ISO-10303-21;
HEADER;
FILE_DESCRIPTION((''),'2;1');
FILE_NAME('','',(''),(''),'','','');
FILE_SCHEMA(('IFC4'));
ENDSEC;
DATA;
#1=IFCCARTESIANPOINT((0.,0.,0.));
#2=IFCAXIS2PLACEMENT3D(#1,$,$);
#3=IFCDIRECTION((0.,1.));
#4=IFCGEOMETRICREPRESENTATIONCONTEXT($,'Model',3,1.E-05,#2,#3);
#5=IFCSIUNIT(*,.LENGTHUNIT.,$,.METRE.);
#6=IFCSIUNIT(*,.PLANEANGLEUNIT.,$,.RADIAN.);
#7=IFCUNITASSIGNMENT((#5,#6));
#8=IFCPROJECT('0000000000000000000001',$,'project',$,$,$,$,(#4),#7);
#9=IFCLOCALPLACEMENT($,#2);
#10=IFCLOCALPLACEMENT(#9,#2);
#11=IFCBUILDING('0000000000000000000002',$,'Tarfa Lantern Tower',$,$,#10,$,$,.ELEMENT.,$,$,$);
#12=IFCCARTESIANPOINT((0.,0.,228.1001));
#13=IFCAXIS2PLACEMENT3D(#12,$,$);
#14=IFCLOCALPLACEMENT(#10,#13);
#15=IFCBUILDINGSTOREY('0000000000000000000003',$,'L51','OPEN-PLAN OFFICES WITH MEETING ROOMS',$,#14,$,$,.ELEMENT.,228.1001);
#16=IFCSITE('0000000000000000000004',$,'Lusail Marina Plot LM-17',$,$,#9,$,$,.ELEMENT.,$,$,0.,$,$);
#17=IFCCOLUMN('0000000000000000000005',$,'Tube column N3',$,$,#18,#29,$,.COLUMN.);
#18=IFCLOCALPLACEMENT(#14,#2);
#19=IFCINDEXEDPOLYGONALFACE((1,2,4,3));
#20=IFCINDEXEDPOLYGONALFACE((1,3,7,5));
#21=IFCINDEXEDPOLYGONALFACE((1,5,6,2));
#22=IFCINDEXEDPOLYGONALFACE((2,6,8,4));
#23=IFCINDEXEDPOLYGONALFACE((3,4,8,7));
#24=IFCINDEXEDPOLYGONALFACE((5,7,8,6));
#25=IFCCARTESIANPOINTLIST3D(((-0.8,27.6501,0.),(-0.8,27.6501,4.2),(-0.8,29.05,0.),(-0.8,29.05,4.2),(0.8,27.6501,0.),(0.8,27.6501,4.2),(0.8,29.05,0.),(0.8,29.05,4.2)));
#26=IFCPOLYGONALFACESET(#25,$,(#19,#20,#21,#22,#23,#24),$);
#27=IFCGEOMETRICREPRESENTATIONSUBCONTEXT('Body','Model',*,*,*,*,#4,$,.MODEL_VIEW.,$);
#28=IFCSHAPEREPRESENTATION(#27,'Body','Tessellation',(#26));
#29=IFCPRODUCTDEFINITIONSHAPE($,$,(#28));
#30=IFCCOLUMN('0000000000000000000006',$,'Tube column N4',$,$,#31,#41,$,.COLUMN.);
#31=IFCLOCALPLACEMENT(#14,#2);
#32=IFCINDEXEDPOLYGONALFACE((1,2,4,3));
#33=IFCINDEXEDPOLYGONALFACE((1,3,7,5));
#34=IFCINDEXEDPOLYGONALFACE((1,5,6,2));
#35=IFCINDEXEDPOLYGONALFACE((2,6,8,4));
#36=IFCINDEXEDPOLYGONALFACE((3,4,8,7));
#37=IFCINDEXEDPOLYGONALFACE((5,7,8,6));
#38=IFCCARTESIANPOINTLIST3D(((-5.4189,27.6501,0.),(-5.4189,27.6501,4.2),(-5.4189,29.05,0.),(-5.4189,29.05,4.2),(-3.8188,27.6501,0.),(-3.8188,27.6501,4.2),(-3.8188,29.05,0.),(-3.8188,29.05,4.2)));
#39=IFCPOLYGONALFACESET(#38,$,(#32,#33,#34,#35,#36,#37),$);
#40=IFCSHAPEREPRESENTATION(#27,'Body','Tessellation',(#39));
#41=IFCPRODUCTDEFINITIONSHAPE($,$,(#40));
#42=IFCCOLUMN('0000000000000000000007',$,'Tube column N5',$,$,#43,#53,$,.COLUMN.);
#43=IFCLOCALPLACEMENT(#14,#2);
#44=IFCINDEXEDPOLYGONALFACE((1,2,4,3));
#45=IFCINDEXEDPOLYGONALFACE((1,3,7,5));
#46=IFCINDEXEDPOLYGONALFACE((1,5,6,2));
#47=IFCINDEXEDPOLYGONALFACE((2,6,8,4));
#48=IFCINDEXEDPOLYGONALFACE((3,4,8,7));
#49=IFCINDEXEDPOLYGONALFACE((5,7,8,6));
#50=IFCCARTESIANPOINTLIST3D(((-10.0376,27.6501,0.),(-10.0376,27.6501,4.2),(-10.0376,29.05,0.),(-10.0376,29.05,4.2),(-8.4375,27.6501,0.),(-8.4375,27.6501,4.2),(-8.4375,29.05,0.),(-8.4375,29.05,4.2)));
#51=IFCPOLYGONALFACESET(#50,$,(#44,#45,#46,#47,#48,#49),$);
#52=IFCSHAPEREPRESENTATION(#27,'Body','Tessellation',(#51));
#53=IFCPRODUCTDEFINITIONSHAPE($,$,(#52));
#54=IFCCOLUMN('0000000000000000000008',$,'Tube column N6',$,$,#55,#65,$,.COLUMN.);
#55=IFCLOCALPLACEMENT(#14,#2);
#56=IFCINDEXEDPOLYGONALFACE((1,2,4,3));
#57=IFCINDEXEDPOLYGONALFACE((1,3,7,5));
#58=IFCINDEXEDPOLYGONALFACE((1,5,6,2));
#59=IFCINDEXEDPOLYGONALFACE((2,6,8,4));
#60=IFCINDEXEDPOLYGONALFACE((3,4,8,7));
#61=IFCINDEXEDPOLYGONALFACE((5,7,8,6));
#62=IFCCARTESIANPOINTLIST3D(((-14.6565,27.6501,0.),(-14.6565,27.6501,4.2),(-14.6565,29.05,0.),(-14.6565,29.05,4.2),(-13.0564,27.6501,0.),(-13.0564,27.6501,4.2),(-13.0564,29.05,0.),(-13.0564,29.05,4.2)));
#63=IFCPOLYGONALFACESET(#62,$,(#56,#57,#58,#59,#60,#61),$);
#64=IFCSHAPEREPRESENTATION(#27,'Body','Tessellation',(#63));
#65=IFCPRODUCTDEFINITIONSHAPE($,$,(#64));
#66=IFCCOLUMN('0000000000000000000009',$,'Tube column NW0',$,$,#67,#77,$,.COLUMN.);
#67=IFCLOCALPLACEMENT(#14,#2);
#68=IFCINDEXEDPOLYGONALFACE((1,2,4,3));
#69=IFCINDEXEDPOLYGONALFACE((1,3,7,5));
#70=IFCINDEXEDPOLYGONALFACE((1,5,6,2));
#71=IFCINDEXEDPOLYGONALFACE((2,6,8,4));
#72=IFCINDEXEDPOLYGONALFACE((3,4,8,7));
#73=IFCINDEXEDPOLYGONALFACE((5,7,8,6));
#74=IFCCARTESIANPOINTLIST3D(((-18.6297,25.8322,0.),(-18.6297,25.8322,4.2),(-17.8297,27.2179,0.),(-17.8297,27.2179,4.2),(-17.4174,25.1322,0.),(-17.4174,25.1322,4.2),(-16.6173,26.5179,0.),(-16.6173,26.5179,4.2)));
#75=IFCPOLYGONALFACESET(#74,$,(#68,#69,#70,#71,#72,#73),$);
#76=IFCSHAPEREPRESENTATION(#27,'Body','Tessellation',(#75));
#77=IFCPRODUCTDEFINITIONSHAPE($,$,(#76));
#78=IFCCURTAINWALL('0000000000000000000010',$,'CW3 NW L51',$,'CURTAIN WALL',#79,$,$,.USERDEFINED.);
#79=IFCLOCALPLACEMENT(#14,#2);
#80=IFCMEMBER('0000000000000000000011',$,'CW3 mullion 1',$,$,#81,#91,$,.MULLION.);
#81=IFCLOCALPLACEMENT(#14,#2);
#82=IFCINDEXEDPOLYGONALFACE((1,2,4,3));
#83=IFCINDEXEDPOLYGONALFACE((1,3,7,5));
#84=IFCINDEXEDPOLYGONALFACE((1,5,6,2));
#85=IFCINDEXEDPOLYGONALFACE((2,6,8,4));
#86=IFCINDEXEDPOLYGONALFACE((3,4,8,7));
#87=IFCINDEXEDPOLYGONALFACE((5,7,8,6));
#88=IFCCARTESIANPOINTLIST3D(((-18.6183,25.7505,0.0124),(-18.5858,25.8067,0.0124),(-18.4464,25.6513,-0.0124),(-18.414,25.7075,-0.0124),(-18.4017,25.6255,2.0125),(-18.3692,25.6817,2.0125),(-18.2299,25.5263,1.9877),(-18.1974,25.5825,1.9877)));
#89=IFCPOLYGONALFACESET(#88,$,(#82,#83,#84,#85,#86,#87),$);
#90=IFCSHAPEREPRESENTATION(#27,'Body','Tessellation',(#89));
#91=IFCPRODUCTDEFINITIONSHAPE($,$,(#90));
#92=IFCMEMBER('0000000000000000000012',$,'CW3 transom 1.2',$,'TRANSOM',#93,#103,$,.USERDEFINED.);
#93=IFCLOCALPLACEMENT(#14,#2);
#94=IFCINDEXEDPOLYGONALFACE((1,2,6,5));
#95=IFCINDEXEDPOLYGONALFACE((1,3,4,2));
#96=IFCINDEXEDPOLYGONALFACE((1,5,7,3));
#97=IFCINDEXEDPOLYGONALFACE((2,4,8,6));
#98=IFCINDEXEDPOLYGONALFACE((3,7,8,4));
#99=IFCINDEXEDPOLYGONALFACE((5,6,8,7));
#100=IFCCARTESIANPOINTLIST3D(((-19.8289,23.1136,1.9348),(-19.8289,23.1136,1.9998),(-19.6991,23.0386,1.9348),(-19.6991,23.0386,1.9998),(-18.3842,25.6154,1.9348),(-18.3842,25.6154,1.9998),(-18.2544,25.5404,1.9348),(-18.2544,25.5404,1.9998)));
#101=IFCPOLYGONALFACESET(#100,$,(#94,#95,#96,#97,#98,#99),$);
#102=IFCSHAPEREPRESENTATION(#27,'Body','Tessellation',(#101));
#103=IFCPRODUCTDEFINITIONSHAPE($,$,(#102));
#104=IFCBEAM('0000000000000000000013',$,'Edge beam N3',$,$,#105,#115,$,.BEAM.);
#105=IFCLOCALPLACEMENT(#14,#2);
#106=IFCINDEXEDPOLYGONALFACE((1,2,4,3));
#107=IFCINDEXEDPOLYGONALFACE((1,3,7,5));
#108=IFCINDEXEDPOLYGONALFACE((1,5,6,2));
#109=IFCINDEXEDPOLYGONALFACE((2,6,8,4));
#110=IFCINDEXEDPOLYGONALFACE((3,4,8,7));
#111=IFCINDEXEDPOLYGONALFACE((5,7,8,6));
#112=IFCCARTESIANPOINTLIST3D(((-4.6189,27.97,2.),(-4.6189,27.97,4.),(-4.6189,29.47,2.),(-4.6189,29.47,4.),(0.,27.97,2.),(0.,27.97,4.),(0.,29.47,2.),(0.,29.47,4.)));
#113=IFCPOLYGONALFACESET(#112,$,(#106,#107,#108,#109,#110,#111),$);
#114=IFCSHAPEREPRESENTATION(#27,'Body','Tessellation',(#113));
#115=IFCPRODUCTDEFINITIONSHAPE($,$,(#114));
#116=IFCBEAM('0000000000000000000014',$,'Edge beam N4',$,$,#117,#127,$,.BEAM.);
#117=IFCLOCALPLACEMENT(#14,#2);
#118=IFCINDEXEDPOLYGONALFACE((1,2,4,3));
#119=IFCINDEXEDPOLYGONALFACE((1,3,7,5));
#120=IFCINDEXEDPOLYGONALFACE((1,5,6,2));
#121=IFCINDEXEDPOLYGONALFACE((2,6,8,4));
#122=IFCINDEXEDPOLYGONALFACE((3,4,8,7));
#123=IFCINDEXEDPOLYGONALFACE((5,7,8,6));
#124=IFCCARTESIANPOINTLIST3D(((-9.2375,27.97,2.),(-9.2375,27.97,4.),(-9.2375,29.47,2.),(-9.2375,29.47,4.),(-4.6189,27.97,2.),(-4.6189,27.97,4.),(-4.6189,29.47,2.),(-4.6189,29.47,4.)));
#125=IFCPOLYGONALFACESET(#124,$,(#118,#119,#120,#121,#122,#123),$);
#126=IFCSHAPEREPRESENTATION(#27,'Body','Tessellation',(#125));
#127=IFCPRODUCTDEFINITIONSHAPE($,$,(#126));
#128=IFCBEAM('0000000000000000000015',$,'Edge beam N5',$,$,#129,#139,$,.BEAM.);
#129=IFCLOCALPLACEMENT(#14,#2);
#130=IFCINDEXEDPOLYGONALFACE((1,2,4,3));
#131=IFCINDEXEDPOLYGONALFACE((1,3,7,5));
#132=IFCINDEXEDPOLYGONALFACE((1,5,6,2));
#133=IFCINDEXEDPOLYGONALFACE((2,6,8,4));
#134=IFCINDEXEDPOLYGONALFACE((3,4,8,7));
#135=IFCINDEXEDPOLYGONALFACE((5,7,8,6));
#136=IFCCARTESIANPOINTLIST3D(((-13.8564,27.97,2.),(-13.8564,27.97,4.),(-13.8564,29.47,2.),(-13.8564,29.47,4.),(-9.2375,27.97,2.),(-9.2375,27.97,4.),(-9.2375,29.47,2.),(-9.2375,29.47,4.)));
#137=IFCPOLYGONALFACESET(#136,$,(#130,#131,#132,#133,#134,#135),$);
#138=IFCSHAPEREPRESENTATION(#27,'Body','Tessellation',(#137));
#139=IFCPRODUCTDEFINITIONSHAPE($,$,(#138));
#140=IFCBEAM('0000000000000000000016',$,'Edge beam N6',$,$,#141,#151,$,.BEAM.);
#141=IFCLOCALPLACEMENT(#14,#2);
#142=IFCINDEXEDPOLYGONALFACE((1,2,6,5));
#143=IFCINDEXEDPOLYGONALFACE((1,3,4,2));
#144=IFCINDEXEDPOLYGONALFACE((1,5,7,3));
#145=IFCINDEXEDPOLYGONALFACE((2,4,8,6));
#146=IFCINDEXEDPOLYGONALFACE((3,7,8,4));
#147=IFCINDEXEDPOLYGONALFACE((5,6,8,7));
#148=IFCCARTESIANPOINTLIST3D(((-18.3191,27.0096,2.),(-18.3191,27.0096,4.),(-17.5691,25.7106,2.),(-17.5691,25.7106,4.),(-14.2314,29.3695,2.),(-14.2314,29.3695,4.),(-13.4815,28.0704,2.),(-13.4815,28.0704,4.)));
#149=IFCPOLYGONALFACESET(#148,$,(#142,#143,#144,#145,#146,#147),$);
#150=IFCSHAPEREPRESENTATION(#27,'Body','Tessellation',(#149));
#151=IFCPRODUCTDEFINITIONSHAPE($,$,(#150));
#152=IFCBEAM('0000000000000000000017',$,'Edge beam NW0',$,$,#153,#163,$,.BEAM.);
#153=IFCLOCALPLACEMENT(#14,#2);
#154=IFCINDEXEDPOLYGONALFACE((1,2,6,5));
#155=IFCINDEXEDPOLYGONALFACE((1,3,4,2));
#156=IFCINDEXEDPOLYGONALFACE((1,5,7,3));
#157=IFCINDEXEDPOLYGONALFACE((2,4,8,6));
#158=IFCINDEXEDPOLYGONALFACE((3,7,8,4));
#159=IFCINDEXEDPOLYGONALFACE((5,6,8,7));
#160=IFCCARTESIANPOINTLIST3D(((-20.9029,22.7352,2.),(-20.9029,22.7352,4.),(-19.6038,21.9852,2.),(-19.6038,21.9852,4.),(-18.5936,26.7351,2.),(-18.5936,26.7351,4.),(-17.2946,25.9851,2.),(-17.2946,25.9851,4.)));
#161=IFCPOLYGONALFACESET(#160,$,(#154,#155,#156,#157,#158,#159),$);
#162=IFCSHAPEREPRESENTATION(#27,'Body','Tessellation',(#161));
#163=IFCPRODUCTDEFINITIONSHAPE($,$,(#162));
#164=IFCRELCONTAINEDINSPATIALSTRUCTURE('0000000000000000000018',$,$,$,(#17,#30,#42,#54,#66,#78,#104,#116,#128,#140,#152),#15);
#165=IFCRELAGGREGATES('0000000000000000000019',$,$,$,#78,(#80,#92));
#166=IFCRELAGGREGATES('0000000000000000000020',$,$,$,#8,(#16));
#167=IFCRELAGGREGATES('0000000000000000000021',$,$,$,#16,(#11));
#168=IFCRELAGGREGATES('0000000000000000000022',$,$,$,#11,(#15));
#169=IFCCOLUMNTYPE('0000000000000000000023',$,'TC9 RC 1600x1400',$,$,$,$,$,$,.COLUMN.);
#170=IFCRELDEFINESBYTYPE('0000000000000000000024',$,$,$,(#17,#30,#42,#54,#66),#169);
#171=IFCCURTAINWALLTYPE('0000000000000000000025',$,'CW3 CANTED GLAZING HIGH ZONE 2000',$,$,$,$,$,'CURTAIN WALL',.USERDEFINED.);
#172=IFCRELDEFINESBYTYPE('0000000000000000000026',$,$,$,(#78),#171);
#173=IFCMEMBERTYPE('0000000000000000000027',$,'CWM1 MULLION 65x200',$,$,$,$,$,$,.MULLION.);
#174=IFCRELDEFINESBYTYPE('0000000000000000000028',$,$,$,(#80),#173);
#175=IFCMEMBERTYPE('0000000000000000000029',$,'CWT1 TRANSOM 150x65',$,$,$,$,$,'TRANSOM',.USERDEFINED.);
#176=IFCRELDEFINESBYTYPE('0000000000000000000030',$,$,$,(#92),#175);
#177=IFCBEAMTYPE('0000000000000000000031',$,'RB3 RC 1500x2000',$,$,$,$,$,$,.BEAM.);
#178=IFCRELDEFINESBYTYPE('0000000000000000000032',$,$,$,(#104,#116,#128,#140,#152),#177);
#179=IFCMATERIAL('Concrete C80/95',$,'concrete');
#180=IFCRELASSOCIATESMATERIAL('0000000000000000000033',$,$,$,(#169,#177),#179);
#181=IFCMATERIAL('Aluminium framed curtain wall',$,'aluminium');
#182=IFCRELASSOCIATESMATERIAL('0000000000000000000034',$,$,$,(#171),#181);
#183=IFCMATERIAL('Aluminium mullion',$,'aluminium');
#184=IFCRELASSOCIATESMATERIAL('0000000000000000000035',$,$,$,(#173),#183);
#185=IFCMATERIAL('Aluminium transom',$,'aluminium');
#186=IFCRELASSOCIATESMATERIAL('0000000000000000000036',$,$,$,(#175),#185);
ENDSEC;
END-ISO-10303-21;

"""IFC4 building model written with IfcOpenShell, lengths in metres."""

from ifc_helpers import new_model, si_unit, direction, frame, origin, origin_2d, place, context, subcontext, project, spatial, rectangle, extrude, material, material_profile, profile_set, type_object, element, aggregate, save


model = new_model("IFC4")

# Units and contexts
model_context = context("Model", 3, precision=1e-05, world=origin(), true_north=direction((0.0, 1.0)))
body_context = subcontext(model_context, "Body", "Model", "MODEL_VIEW")
ifc_project = project(units=[si_unit("LENGTHUNIT", "METRE"), si_unit("PLANEANGLEUNIT", "RADIAN")], contexts=[model_context])

# Site, building, storey
site_placement = place(None, origin())
site = spatial("IfcSite", under=ifc_project, at=site_placement, Name="Lusail Marina Plot LM-17", CompositionType="ELEMENT", RefElevation=0.0)
building_placement = place(site_placement, origin())
building = spatial("IfcBuilding", under=site, at=building_placement, Name="Tarfa Lantern Tower", CompositionType="ELEMENT")
storey_placement = place(building_placement, frame((0.0, 0.0, 228.1001)))
storey = spatial("IfcBuildingStorey", under=building, at=storey_placement, Name="L51", Description="OPEN-PLAN OFFICES WITH MEETING ROOMS", CompositionType="ELEMENT", Elevation=228.1001)

# Columns
ifc_material_1 = material(Name="Concrete C80/95", Category="concrete")
ifc_material_profile_1 = material_profile(ifc_material_1, rectangle(XDim=1.6001, YDim=1.3999, at=origin_2d()), Name="RC 1600x1400")
ifc_profile_set_1 = profile_set([ifc_material_profile_1], Name="Concrete C80/95")
column_type = type_object("IfcColumnType", Name="TC9 RC 1600x1400", PredefinedType="COLUMN", material=ifc_profile_set_1)
for number, where, z_axis, x_axis, name in (
    (1, (0.0, 28.3501, 0.0), (0.0, 0.0, 1.0), (-1.0, 0.0, 0.0), "Tube column N3"),
    (2, (-4.6189, 28.3501, 0.0), (0.0, 0.0, 1.0), (-1.0, 0.0, 0.0), "Tube column N4"),
    (3, (-9.2375, 28.3501, 0.0), (0.0, 0.0, 1.0), (-1.0, 0.0, 0.0), "Tube column N5"),
    (4, (-13.8564, 28.3501, 0.0), (0.0, 0.0, 1.0), (-1.0, 0.0, 0.0), "Tube column N6"),
    (5, (-17.6235, 26.175, 0.0), (0.0, 0.0, 1.0), (-0.5, -0.866025, 0.0), "Tube column NW0"),
):
    element("IfcColumn", number, at=place(storey_placement, frame(where, z_axis=z_axis, x_axis=x_axis)), inside=storey, type_object=column_type, Name=name, PredefinedType="COLUMN", context=body_context, shape_type="SweptSolid", body=[
        extrude(rectangle(XDim=1.6001, YDim=1.3999, at=origin_2d()), origin(), (0.0, 0.0, 1.0), 4.2),
    ])

# Curtain wall, members
ifc_material_2 = material(Name="Aluminium framed curtain wall", Category="aluminium")
curtain_wall_type = type_object("IfcCurtainWallType", Name="CW3 CANTED GLAZING HIGH ZONE 2000", ElementType="CURTAIN WALL", PredefinedType="USERDEFINED", material=ifc_material_2)
curtain_wall_placement = place(storey_placement, origin())
curtain_wall = element("IfcCurtainWall", 6, at=curtain_wall_placement, inside=storey, type_object=curtain_wall_type, Name="CW3 NW L51", ObjectType="CURTAIN WALL", PredefinedType="USERDEFINED")
ifc_material_3 = material(Name="Aluminium mullion", Category="aluminium")
ifc_material_profile_2 = material_profile(ifc_material_3, rectangle(XDim=0.0649, YDim=0.2, at=origin_2d()), Name="AL MULLION 65x200")
ifc_profile_set_2 = profile_set([ifc_material_profile_2], Name="Aluminium mullion")
member_type_1 = type_object("IfcMemberType", Name="CWM1 MULLION 65x200", PredefinedType="MULLION", material=ifc_profile_set_2)
member_1_placement = place(storey_placement, frame((-18.5161, 25.729, 0.0), z_axis=(0.10744, -0.062017, 0.992275), x_axis=(0.49992, 0.866072, 0.0)))
member_1 = element("IfcMember", 7, at=member_1_placement, type_object=member_type_1, Name="CW3 mullion 1", PredefinedType="MULLION", context=body_context, shape_type="SweptSolid", body=[
    extrude(rectangle(XDim=0.0649, YDim=0.2, at=origin_2d()), origin(), (0.0, 0.0, 1.0), 2.0156),
])
ifc_material_4 = material(Name="Aluminium transom", Category="aluminium")
ifc_material_profile_3 = material_profile(ifc_material_4, rectangle(XDim=0.1499, YDim=0.0649, at=origin_2d()), Name="AL TRANSOM 150x65")
ifc_profile_set_3 = profile_set([ifc_material_profile_3], Name="Aluminium transom")
member_type_2 = type_object("IfcMemberType", Name="CWT1 TRANSOM 150x65", ElementType="TRANSOM", PredefinedType="USERDEFINED", material=ifc_profile_set_3)
member_2_placement = place(storey_placement, frame((-18.3193, 25.5779, 1.9673), z_axis=(-0.500057, -0.865993, 0.0), x_axis=(0.865993, -0.500057, 0.0)))
member_2 = element("IfcMember", 8, at=member_2_placement, type_object=member_type_2, Name="CW3 transom 1.2", ObjectType="TRANSOM", PredefinedType="USERDEFINED", context=body_context, shape_type="SweptSolid", body=[
    extrude(rectangle(XDim=0.1499, YDim=0.0649, at=origin_2d()), origin(), (0.0, 0.0, 1.0), 2.8889),
])
aggregate(curtain_wall, [member_1, member_2])

# Beams
ifc_material_profile_4 = material_profile(ifc_material_1, rectangle(XDim=1.5, YDim=2.0, at=origin_2d()), Name="RC 1500x2000")
ifc_profile_set_4 = profile_set([ifc_material_profile_4], Name="Concrete C80/95")
beam_type_1 = type_object("IfcBeamType", Name="RB3 RC 1500x2000", PredefinedType="BEAM", material=ifc_profile_set_4)
beam_1_placement = place(storey_placement, frame((0.0, 28.72, 3.0), z_axis=(-1.0, 0.0, 0.0), x_axis=(0.0, -1.0, 0.0)))
element("IfcBeam", 9, at=beam_1_placement, inside=storey, type_object=beam_type_1, Name="Edge beam N3", PredefinedType="BEAM", context=body_context, shape_type="SweptSolid", body=[
    extrude(rectangle(XDim=1.5, YDim=2.0, at=origin_2d()), origin(), (0.0, 0.0, 1.0), 4.6189),
])
beam_2_placement = place(storey_placement, frame((-4.6189, 28.72, 3.0), z_axis=(-1.0, 0.0, 0.0), x_axis=(0.0, -1.0, 0.0)))
element("IfcBeam", 10, at=beam_2_placement, inside=storey, type_object=beam_type_1, Name="Edge beam N4", PredefinedType="BEAM", context=body_context, shape_type="SweptSolid", body=[
    extrude(rectangle(XDim=1.5, YDim=2.0, at=origin_2d()), origin(), (0.0, 0.0, 1.0), 4.6187),
])
beam_3_placement = place(storey_placement, frame((-9.2375, 28.72, 3.0), z_axis=(-1.0, 0.0, 0.0), x_axis=(0.0, -1.0, 0.0)))
element("IfcBeam", 11, at=beam_3_placement, inside=storey, type_object=beam_type_1, Name="Edge beam N5", PredefinedType="BEAM", context=body_context, shape_type="SweptSolid", body=[
    extrude(rectangle(XDim=1.5, YDim=2.0, at=origin_2d()), origin(), (0.0, 0.0, 1.0), 4.6189),
])
beam_4_placement = place(storey_placement, frame((-13.8564, 28.72, 3.0), z_axis=(-0.866038, -0.499978, 0.0), x_axis=(0.499978, -0.866038, 0.0)))
element("IfcBeam", 12, at=beam_4_placement, inside=storey, type_object=beam_type_1, Name="Edge beam N6", PredefinedType="BEAM", context=body_context, shape_type="SweptSolid", body=[
    extrude(rectangle(XDim=1.5, YDim=2.0, at=origin_2d()), origin(), (0.0, 0.0, 1.0), 4.72),
])
beam_5_placement = place(storey_placement, frame((-17.9441, 26.3601, 3.0), z_axis=(-0.499988, -0.866032, 0.0), x_axis=(0.866032, -0.499988, 0.0)))
element("IfcBeam", 13, at=beam_5_placement, inside=storey, type_object=beam_type_1, Name="Edge beam NW0", PredefinedType="BEAM", context=body_context, shape_type="SweptSolid", body=[
    extrude(rectangle(XDim=1.5, YDim=2.0, at=origin_2d()), origin(), (0.0, 0.0, 1.0), 4.6187),
])

save(model, "model.ifc")
